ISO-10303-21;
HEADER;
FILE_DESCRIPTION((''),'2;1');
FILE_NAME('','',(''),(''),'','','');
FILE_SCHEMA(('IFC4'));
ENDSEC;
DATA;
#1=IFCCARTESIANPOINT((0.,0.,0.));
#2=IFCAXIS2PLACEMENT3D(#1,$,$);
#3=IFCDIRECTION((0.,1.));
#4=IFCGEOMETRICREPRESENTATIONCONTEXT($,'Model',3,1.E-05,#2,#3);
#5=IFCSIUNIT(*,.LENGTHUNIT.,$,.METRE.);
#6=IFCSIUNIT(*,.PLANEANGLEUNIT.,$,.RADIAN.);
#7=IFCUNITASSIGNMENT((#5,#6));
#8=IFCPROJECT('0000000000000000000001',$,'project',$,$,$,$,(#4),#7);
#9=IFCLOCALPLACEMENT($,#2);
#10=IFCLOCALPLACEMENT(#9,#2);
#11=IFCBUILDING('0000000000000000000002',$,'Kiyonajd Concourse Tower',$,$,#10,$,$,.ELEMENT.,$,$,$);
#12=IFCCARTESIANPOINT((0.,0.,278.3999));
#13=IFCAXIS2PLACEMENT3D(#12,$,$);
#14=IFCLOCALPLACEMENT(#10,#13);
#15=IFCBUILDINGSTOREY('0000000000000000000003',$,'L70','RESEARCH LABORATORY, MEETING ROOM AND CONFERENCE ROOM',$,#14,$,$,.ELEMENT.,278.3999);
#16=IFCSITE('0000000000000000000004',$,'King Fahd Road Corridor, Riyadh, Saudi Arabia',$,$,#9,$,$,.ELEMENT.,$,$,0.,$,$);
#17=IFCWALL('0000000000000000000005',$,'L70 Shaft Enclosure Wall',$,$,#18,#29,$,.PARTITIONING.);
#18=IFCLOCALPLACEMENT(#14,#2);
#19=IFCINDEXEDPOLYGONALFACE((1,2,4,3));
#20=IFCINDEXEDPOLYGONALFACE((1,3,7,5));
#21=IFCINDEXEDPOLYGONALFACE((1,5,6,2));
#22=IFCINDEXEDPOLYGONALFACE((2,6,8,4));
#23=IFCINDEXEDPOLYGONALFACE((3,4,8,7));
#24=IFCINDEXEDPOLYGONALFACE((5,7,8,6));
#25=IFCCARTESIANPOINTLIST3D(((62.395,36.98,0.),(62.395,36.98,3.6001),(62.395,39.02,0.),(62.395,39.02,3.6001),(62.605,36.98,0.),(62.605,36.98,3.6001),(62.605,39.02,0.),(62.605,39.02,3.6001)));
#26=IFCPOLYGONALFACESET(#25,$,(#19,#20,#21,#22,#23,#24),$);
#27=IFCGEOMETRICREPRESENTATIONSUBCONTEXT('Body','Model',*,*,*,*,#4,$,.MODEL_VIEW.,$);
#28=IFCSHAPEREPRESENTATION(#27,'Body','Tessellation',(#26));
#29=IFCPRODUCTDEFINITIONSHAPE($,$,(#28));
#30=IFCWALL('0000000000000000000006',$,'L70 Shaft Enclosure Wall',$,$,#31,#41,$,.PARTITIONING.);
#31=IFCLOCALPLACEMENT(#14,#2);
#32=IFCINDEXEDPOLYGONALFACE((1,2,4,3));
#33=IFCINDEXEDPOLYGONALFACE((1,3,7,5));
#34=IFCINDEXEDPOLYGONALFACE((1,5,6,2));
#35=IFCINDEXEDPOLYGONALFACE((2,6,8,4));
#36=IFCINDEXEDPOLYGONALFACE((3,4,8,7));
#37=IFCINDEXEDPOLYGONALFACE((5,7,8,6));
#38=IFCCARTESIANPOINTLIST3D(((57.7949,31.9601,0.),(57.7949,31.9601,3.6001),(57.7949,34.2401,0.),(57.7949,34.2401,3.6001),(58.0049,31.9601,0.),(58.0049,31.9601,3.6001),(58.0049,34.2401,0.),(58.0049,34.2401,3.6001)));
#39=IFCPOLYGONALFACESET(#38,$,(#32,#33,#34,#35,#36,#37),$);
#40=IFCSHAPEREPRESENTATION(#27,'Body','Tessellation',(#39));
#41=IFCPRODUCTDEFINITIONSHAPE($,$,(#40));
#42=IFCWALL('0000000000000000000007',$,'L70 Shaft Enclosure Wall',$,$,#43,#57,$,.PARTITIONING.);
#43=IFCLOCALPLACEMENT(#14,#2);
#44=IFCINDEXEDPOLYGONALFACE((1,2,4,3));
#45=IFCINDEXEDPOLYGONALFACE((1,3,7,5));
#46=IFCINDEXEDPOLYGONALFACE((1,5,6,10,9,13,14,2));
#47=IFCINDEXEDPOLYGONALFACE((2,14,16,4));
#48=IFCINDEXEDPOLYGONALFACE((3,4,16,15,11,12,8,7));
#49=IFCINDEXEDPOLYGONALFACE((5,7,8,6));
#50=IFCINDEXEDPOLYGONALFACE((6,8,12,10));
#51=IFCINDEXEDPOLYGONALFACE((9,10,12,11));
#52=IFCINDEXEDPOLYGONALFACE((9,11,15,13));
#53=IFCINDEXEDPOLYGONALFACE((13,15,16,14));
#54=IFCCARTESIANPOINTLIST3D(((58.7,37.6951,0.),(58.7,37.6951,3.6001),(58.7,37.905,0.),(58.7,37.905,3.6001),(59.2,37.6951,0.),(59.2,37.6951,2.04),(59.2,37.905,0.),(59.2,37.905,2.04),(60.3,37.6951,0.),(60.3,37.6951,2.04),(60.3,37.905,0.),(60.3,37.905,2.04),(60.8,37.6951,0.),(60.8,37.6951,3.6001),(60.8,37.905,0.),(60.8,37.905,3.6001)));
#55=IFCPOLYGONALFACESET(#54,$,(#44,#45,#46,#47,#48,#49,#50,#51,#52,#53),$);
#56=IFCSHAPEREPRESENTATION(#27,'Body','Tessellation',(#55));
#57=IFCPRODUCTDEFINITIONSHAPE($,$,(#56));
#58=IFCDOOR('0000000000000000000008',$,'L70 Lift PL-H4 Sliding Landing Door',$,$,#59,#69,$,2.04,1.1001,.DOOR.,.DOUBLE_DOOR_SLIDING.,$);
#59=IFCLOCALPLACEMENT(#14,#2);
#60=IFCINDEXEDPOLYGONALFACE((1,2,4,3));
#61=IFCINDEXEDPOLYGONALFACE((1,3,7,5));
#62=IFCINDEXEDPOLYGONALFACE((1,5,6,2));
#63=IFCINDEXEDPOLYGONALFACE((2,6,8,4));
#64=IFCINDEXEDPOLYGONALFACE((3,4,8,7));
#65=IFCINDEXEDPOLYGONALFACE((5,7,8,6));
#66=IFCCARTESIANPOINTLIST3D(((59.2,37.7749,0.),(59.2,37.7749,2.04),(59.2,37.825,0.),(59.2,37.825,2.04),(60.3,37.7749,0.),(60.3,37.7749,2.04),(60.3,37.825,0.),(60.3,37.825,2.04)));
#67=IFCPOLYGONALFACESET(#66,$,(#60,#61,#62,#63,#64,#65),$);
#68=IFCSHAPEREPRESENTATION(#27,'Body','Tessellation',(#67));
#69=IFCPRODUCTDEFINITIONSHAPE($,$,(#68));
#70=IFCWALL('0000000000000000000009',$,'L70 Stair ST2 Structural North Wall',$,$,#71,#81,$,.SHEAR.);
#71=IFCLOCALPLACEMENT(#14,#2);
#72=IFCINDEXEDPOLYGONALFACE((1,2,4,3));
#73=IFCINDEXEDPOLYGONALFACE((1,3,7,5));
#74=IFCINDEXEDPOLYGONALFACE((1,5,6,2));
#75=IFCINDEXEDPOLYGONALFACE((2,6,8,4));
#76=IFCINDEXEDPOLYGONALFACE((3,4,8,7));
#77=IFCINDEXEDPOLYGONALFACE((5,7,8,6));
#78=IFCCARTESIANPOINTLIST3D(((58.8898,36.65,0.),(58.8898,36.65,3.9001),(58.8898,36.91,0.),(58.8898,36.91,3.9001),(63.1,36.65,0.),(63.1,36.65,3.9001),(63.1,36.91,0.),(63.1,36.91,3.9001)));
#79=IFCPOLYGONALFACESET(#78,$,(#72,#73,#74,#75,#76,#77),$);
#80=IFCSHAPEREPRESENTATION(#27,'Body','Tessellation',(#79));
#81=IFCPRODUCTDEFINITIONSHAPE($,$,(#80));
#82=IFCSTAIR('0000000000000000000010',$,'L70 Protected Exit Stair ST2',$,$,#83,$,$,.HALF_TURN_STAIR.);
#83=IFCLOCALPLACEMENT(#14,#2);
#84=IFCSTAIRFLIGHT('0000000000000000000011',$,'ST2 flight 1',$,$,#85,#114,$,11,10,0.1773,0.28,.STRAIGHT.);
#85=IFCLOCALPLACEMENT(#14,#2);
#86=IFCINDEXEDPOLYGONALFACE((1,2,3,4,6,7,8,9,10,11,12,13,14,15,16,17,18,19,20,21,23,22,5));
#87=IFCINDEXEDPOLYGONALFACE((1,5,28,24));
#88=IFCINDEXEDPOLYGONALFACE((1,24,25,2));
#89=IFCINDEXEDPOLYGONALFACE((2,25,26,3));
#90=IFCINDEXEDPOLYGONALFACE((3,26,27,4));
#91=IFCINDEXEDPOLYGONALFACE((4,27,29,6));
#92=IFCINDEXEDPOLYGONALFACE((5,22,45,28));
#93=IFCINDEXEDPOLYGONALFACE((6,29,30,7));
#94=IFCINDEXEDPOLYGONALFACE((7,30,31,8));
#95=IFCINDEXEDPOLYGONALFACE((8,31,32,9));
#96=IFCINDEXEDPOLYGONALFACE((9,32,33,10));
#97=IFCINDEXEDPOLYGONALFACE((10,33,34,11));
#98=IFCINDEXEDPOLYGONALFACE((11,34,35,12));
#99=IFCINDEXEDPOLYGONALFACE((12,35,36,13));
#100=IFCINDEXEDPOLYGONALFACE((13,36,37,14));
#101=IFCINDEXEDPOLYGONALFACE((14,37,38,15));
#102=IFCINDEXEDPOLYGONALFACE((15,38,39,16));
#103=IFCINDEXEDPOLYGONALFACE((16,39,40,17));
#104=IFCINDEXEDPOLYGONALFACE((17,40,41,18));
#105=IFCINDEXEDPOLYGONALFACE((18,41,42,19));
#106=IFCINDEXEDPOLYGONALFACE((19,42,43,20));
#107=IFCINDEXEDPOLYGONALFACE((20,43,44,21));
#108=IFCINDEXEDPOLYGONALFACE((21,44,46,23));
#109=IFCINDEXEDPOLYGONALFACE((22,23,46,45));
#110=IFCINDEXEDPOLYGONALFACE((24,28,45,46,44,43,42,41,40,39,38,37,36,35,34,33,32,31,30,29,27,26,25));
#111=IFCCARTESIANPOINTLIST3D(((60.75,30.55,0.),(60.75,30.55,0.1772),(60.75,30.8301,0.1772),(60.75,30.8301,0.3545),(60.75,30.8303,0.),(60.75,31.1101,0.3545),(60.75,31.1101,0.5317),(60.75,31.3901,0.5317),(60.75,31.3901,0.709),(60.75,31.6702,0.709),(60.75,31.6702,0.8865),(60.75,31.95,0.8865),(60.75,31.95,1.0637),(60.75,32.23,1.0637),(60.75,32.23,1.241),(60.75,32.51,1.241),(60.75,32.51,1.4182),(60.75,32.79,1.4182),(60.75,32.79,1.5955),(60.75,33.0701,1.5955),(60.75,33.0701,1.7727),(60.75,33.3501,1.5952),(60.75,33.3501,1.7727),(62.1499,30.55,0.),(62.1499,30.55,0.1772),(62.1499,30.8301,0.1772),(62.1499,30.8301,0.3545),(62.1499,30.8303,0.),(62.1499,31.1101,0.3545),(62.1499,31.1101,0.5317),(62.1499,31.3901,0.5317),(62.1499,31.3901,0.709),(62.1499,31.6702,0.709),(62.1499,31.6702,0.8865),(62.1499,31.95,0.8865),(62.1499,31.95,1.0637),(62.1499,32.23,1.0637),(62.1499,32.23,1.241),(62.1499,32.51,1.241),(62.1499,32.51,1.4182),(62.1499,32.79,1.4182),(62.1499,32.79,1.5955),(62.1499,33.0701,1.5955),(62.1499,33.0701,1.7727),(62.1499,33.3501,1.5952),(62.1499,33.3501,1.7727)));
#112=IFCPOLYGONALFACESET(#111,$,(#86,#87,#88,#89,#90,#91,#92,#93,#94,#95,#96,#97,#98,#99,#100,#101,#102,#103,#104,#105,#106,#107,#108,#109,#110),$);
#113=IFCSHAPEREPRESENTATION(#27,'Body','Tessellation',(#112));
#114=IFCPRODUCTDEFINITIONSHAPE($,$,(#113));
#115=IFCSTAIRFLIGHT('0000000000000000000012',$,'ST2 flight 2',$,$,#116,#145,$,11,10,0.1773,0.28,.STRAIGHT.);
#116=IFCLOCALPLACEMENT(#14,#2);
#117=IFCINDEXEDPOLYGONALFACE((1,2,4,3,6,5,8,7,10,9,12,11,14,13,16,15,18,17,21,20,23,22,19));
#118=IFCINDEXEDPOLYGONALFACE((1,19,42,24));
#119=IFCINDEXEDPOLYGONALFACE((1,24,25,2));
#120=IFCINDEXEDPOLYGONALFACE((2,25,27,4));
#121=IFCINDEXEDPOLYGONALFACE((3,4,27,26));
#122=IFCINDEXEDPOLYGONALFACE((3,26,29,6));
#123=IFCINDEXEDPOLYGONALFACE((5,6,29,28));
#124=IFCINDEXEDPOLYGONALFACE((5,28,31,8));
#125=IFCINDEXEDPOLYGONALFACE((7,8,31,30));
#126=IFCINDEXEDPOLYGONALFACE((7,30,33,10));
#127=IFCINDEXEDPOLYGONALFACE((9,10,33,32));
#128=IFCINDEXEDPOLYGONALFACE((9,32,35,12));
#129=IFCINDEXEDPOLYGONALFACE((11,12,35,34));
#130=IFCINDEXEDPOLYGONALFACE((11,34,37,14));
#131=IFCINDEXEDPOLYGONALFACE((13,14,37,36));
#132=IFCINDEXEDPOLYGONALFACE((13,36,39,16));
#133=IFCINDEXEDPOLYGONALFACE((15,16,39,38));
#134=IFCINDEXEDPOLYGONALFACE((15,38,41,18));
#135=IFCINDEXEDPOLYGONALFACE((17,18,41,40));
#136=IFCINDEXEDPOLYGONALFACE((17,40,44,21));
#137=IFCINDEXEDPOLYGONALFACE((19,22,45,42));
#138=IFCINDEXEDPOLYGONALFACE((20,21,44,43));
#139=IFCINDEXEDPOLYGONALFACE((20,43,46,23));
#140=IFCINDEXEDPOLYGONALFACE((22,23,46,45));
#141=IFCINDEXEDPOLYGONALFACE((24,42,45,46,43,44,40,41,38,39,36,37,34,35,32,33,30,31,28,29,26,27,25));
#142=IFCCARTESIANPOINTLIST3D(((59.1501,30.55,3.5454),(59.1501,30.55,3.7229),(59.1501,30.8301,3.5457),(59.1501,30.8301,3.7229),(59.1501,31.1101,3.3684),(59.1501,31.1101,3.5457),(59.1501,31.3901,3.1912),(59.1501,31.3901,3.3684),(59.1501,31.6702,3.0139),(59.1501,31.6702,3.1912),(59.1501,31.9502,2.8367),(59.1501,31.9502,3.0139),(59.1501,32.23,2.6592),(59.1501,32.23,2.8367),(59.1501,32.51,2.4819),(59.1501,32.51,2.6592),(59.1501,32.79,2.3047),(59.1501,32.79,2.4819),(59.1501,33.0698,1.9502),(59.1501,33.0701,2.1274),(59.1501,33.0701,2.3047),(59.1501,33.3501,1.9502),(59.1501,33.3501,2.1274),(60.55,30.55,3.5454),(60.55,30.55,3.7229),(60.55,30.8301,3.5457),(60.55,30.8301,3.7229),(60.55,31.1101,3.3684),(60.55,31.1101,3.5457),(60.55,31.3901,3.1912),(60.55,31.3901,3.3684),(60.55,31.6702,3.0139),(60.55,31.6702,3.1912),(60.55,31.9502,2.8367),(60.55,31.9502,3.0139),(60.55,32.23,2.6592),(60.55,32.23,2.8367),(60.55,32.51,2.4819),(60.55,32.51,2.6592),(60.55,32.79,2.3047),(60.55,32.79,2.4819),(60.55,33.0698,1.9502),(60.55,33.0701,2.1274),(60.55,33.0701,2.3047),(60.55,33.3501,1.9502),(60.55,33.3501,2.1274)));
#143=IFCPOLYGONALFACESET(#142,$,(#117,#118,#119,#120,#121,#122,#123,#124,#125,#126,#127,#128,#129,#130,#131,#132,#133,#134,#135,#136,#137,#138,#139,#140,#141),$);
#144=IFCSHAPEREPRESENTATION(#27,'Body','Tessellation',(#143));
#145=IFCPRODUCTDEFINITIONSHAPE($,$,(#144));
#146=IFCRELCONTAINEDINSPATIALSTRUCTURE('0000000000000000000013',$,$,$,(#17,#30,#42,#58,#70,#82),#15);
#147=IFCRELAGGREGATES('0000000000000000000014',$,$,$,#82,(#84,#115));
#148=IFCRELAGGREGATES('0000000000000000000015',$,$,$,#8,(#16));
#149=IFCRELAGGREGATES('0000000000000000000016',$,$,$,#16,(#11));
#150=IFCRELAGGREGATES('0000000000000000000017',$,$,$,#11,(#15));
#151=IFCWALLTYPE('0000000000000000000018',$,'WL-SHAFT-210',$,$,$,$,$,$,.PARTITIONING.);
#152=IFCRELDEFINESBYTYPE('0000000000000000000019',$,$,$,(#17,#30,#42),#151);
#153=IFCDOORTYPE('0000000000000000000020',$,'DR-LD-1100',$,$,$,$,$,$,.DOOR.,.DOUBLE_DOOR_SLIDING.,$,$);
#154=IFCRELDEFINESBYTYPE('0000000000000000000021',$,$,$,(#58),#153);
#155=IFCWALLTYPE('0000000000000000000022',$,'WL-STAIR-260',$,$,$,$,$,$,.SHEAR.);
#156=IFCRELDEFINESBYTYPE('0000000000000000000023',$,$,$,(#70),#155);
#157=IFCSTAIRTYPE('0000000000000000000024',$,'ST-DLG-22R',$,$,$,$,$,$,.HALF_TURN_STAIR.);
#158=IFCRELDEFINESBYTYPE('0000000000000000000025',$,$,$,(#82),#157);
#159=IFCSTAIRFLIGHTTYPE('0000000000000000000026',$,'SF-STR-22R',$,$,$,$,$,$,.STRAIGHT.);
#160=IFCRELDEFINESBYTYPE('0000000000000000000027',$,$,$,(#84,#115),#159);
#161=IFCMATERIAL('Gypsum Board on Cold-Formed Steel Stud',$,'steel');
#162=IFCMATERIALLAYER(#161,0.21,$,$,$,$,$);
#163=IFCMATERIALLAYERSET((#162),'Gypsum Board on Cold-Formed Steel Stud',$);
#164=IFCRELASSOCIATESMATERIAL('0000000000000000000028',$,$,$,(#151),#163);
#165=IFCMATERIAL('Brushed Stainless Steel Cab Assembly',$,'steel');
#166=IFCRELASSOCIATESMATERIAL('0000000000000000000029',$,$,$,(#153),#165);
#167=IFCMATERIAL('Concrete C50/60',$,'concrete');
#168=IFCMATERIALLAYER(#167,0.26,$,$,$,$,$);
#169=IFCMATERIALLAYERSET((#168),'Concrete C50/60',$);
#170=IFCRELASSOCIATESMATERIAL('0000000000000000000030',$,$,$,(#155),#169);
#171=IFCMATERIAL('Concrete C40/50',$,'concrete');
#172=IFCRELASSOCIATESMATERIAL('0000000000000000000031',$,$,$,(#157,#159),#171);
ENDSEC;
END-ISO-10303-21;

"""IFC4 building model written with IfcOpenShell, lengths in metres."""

from ifc_helpers import new_model, si_unit, direction, frame, frame_2d, origin, place, context, subcontext, project, spatial, polyline, rectangle, outline, extrude, material, layer, layer_set, type_object, element, fill, aggregate, save


model = new_model("IFC4")

# Units and contexts
model_context = context("Model", 3, precision=1e-05, world=origin(), true_north=direction((0.0, 1.0)))
body_context = subcontext(model_context, "Body", "Model", "MODEL_VIEW")
ifc_project = project(units=[si_unit("LENGTHUNIT", "METRE"), si_unit("PLANEANGLEUNIT", "RADIAN")], contexts=[model_context])

# Site, building, storey
site_placement = place(None, origin())
site = spatial("IfcSite", under=ifc_project, at=site_placement, Name="King Fahd Road Corridor, Riyadh, Saudi Arabia", CompositionType="ELEMENT", RefElevation=0.0)
building_placement = place(site_placement, origin())
building = spatial("IfcBuilding", under=site, at=building_placement, Name="Kiyonajd Concourse Tower", CompositionType="ELEMENT")
storey_placement = place(building_placement, frame((0.0, 0.0, 278.3999)))
storey = spatial("IfcBuildingStorey", under=building, at=storey_placement, Name="L70", Description="RESEARCH LABORATORY, MEETING ROOM AND CONFERENCE ROOM", CompositionType="ELEMENT", Elevation=278.3999)

# Shared definitions
ifc_material_1 = material(Name="Concrete C50/60", Category="concrete")

# Walls
ifc_material_2 = material(Name="Gypsum Board on Cold-Formed Steel Stud", Category="steel")
ifc_layer_1 = layer(ifc_material_2, 0.21)
ifc_layer_set_1 = layer_set([ifc_layer_1], Name="Gypsum Board on Cold-Formed Steel Stud")
wall_type_1 = type_object("IfcWallType", Name="WL-SHAFT-210", PredefinedType="PARTITIONING", material=ifc_layer_set_1)
wall_1_placement = place(storey_placement, frame((62.5, 36.98, 0.0), z_axis=(0.0, 0.0, 1.0), x_axis=(0.0, 1.0, 0.0)))
element("IfcWall", 1, at=wall_1_placement, inside=storey, type_object=wall_type_1, Name="L70 Shaft Enclosure Wall", PredefinedType="PARTITIONING", context=body_context, shape_type="SweptSolid", body=[
    extrude(rectangle(XDim=2.04, YDim=0.21, at=frame_2d((1.02, 0.0))), origin(), (0.0, 0.0, 1.0), 3.6001),
])
wall_2_placement = place(storey_placement, frame((57.8999, 31.96, 0.0), z_axis=(0.0, 0.0, 1.0), x_axis=(0.0, 1.0, 0.0)))
element("IfcWall", 2, at=wall_2_placement, inside=storey, type_object=wall_type_1, Name="L70 Shaft Enclosure Wall", PredefinedType="PARTITIONING", context=body_context, shape_type="SweptSolid", body=[
    extrude(rectangle(XDim=2.28, YDim=0.21, at=frame_2d((1.1401, 0.0))), origin(), (0.0, 0.0, 1.0), 3.6001),
])

# Wall, opening, door
wall_3_placement = place(storey_placement, frame((58.7, 37.8, 0.0), z_axis=(0.0, 0.0, 1.0), x_axis=(1.0, 0.0, 0.0)))
wall_3 = element("IfcWall", 3, at=wall_3_placement, inside=storey, type_object=wall_type_1, Name="L70 Shaft Enclosure Wall", PredefinedType="PARTITIONING", context=body_context, shape_type="SweptSolid", body=[
    extrude(rectangle(XDim=2.1001, YDim=0.21, at=frame_2d((1.05, 0.0))), origin(), (0.0, 0.0, 1.0), 3.6001),
])
opening_1_placement = place(wall_3_placement, frame((0.5, 0.0, 0.0)))
opening_1 = element("IfcOpeningElement", 4, at=opening_1_placement, cuts=wall_3, PredefinedType="OPENING", context=body_context, shape_type="SweptSolid", body=[
    extrude(rectangle(XDim=1.1001, YDim=2.04, at=frame_2d((0.55, 1.02))), frame((0.0, 0.115, 0.0), z_axis=(0.0, -1.0, 0.0), x_axis=(1.0, 0.0, 0.0)), (0.0, 0.0, 1.0), 0.23),
])
ifc_material_3 = material(Name="Brushed Stainless Steel Cab Assembly", Category="steel")
door_type = type_object("IfcDoorType", Name="DR-LD-1100", OperationType="DOUBLE_DOOR_SLIDING", PredefinedType="DOOR", material=ifc_material_3)
door_placement = place(opening_1_placement, origin())
door = element("IfcDoor", 5, at=door_placement, inside=storey, type_object=door_type, Name="L70 Lift PL-H4 Sliding Landing Door", OperationType="DOUBLE_DOOR_SLIDING", OverallHeight=2.04, OverallWidth=1.1001, PredefinedType="DOOR", context=body_context, shape_type="SweptSolid", body=[
    extrude(rectangle(XDim=1.1001, YDim=2.04, at=frame_2d((0.55, 1.02))), frame((0.0, 0.0249, 0.0), z_axis=(0.0, -1.0, 0.0), x_axis=(1.0, 0.0, 0.0)), (0.0, 0.0, 1.0), 0.05),
])
fill(opening_1, door)

# Wall
ifc_layer_2 = layer(ifc_material_1, 0.26)
ifc_layer_set_2 = layer_set([ifc_layer_2], Name="Concrete C50/60")
wall_type_2 = type_object("IfcWallType", Name="WL-STAIR-260", PredefinedType="SHEAR", material=ifc_layer_set_2)
wall_4_placement = place(storey_placement, frame((58.8899, 36.78, 0.0), z_axis=(0.0, 0.0, 1.0), x_axis=(1.0, 0.0, 0.0)))
element("IfcWall", 6, at=wall_4_placement, inside=storey, type_object=wall_type_2, Name="L70 Stair ST2 Structural North Wall", PredefinedType="SHEAR", context=body_context, shape_type="SweptSolid", body=[
    extrude(rectangle(XDim=4.2102, YDim=0.26, at=frame_2d((2.105, 0.0))), origin(), (0.0, 0.0, 1.0), 3.9001),
])

# Stair, stair flights
ifc_material_4 = material(Name="Concrete C40/50", Category="concrete")
stair_type = type_object("IfcStairType", Name="ST-DLG-22R", PredefinedType="HALF_TURN_STAIR", material=ifc_material_4)
stair_placement = place(storey_placement, origin())
stair = element("IfcStair", 7, at=stair_placement, inside=storey, type_object=stair_type, Name="L70 Protected Exit Stair ST2", PredefinedType="HALF_TURN_STAIR")
stair_flight_type = type_object("IfcStairFlightType", Name="SF-STR-22R", PredefinedType="STRAIGHT", material=ifc_material_4)
stair_flight_1_placement = place(storey_placement, frame((61.45, 30.55, 0.0), z_axis=(0.0, 0.0, 1.0), x_axis=(0.0, 1.0, 0.0)))
stair_flight_1 = element("IfcStairFlight", 8, at=stair_flight_1_placement, type_object=stair_flight_type, Name="ST2 flight 1", NumberOfRisers=11, NumberOfTreads=10, PredefinedType="STRAIGHT", RiserHeight=0.1773, TreadLength=0.28, context=body_context, shape_type="SweptSolid", body=[
    extrude(outline(polyline([(0.0, 0.0), (0.0, 0.1772), (0.28, 0.1772), (0.28, 0.3545), (0.5601, 0.3545), (0.5601, 0.5317), (0.8401, 0.5317), (0.8401, 0.709), (1.1201, 0.709), (1.1201, 0.8865), (1.3999, 0.8865), (1.3999, 1.0637), (1.6799, 1.0637), (1.6799, 1.241), (1.96, 1.241), (1.96, 1.4182), (2.24, 1.4182), (2.24, 1.5955), (2.52, 1.5955), (2.52, 1.7727), (2.8, 1.7727), (2.8, 1.95), (2.8, 1.5952), (0.2803, 0.0), (0.0, 0.0)])), frame((0.0, 0.7, 0.0), z_axis=(0.0, -1.0, 0.0), x_axis=(1.0, 0.0, 0.0)), (0.0, 0.0, 1.0), 1.3999),
])
stair_flight_2_placement = place(storey_placement, frame((59.8501, 33.3501, 1.9502), z_axis=(0.0, 0.0, 1.0), x_axis=(0.0, -1.0, 0.0)))
stair_flight_2 = element("IfcStairFlight", 9, at=stair_flight_2_placement, type_object=stair_flight_type, Name="ST2 flight 2", NumberOfRisers=11, NumberOfTreads=10, PredefinedType="STRAIGHT", RiserHeight=0.1773, TreadLength=0.28, context=body_context, shape_type="SweptSolid", body=[
    extrude(outline(polyline([(0.0, 0.0), (0.0, 0.1772), (0.28, 0.1772), (0.28, 0.3545), (0.5601, 0.3545), (0.5601, 0.5317), (0.8401, 0.5317), (0.8401, 0.709), (1.1201, 0.709), (1.1201, 0.8865), (1.3999, 0.8865), (1.3999, 1.0637), (1.6799, 1.0637), (1.6799, 1.241), (1.96, 1.241), (1.96, 1.4182), (2.24, 1.4182), (2.24, 1.5955), (2.52, 1.5955), (2.52, 1.7727), (2.8, 1.7727), (2.8, 1.95), (2.8, 1.5952), (0.2803, 0.0), (0.0, 0.0)])), frame((0.0, 0.7, 0.0), z_axis=(0.0, -1.0, 0.0), x_axis=(1.0, 0.0, 0.0)), (0.0, 0.0, 1.0), 1.3999),
])
aggregate(stair, [stair_flight_1, stair_flight_2])

save(model, "model.ifc")
